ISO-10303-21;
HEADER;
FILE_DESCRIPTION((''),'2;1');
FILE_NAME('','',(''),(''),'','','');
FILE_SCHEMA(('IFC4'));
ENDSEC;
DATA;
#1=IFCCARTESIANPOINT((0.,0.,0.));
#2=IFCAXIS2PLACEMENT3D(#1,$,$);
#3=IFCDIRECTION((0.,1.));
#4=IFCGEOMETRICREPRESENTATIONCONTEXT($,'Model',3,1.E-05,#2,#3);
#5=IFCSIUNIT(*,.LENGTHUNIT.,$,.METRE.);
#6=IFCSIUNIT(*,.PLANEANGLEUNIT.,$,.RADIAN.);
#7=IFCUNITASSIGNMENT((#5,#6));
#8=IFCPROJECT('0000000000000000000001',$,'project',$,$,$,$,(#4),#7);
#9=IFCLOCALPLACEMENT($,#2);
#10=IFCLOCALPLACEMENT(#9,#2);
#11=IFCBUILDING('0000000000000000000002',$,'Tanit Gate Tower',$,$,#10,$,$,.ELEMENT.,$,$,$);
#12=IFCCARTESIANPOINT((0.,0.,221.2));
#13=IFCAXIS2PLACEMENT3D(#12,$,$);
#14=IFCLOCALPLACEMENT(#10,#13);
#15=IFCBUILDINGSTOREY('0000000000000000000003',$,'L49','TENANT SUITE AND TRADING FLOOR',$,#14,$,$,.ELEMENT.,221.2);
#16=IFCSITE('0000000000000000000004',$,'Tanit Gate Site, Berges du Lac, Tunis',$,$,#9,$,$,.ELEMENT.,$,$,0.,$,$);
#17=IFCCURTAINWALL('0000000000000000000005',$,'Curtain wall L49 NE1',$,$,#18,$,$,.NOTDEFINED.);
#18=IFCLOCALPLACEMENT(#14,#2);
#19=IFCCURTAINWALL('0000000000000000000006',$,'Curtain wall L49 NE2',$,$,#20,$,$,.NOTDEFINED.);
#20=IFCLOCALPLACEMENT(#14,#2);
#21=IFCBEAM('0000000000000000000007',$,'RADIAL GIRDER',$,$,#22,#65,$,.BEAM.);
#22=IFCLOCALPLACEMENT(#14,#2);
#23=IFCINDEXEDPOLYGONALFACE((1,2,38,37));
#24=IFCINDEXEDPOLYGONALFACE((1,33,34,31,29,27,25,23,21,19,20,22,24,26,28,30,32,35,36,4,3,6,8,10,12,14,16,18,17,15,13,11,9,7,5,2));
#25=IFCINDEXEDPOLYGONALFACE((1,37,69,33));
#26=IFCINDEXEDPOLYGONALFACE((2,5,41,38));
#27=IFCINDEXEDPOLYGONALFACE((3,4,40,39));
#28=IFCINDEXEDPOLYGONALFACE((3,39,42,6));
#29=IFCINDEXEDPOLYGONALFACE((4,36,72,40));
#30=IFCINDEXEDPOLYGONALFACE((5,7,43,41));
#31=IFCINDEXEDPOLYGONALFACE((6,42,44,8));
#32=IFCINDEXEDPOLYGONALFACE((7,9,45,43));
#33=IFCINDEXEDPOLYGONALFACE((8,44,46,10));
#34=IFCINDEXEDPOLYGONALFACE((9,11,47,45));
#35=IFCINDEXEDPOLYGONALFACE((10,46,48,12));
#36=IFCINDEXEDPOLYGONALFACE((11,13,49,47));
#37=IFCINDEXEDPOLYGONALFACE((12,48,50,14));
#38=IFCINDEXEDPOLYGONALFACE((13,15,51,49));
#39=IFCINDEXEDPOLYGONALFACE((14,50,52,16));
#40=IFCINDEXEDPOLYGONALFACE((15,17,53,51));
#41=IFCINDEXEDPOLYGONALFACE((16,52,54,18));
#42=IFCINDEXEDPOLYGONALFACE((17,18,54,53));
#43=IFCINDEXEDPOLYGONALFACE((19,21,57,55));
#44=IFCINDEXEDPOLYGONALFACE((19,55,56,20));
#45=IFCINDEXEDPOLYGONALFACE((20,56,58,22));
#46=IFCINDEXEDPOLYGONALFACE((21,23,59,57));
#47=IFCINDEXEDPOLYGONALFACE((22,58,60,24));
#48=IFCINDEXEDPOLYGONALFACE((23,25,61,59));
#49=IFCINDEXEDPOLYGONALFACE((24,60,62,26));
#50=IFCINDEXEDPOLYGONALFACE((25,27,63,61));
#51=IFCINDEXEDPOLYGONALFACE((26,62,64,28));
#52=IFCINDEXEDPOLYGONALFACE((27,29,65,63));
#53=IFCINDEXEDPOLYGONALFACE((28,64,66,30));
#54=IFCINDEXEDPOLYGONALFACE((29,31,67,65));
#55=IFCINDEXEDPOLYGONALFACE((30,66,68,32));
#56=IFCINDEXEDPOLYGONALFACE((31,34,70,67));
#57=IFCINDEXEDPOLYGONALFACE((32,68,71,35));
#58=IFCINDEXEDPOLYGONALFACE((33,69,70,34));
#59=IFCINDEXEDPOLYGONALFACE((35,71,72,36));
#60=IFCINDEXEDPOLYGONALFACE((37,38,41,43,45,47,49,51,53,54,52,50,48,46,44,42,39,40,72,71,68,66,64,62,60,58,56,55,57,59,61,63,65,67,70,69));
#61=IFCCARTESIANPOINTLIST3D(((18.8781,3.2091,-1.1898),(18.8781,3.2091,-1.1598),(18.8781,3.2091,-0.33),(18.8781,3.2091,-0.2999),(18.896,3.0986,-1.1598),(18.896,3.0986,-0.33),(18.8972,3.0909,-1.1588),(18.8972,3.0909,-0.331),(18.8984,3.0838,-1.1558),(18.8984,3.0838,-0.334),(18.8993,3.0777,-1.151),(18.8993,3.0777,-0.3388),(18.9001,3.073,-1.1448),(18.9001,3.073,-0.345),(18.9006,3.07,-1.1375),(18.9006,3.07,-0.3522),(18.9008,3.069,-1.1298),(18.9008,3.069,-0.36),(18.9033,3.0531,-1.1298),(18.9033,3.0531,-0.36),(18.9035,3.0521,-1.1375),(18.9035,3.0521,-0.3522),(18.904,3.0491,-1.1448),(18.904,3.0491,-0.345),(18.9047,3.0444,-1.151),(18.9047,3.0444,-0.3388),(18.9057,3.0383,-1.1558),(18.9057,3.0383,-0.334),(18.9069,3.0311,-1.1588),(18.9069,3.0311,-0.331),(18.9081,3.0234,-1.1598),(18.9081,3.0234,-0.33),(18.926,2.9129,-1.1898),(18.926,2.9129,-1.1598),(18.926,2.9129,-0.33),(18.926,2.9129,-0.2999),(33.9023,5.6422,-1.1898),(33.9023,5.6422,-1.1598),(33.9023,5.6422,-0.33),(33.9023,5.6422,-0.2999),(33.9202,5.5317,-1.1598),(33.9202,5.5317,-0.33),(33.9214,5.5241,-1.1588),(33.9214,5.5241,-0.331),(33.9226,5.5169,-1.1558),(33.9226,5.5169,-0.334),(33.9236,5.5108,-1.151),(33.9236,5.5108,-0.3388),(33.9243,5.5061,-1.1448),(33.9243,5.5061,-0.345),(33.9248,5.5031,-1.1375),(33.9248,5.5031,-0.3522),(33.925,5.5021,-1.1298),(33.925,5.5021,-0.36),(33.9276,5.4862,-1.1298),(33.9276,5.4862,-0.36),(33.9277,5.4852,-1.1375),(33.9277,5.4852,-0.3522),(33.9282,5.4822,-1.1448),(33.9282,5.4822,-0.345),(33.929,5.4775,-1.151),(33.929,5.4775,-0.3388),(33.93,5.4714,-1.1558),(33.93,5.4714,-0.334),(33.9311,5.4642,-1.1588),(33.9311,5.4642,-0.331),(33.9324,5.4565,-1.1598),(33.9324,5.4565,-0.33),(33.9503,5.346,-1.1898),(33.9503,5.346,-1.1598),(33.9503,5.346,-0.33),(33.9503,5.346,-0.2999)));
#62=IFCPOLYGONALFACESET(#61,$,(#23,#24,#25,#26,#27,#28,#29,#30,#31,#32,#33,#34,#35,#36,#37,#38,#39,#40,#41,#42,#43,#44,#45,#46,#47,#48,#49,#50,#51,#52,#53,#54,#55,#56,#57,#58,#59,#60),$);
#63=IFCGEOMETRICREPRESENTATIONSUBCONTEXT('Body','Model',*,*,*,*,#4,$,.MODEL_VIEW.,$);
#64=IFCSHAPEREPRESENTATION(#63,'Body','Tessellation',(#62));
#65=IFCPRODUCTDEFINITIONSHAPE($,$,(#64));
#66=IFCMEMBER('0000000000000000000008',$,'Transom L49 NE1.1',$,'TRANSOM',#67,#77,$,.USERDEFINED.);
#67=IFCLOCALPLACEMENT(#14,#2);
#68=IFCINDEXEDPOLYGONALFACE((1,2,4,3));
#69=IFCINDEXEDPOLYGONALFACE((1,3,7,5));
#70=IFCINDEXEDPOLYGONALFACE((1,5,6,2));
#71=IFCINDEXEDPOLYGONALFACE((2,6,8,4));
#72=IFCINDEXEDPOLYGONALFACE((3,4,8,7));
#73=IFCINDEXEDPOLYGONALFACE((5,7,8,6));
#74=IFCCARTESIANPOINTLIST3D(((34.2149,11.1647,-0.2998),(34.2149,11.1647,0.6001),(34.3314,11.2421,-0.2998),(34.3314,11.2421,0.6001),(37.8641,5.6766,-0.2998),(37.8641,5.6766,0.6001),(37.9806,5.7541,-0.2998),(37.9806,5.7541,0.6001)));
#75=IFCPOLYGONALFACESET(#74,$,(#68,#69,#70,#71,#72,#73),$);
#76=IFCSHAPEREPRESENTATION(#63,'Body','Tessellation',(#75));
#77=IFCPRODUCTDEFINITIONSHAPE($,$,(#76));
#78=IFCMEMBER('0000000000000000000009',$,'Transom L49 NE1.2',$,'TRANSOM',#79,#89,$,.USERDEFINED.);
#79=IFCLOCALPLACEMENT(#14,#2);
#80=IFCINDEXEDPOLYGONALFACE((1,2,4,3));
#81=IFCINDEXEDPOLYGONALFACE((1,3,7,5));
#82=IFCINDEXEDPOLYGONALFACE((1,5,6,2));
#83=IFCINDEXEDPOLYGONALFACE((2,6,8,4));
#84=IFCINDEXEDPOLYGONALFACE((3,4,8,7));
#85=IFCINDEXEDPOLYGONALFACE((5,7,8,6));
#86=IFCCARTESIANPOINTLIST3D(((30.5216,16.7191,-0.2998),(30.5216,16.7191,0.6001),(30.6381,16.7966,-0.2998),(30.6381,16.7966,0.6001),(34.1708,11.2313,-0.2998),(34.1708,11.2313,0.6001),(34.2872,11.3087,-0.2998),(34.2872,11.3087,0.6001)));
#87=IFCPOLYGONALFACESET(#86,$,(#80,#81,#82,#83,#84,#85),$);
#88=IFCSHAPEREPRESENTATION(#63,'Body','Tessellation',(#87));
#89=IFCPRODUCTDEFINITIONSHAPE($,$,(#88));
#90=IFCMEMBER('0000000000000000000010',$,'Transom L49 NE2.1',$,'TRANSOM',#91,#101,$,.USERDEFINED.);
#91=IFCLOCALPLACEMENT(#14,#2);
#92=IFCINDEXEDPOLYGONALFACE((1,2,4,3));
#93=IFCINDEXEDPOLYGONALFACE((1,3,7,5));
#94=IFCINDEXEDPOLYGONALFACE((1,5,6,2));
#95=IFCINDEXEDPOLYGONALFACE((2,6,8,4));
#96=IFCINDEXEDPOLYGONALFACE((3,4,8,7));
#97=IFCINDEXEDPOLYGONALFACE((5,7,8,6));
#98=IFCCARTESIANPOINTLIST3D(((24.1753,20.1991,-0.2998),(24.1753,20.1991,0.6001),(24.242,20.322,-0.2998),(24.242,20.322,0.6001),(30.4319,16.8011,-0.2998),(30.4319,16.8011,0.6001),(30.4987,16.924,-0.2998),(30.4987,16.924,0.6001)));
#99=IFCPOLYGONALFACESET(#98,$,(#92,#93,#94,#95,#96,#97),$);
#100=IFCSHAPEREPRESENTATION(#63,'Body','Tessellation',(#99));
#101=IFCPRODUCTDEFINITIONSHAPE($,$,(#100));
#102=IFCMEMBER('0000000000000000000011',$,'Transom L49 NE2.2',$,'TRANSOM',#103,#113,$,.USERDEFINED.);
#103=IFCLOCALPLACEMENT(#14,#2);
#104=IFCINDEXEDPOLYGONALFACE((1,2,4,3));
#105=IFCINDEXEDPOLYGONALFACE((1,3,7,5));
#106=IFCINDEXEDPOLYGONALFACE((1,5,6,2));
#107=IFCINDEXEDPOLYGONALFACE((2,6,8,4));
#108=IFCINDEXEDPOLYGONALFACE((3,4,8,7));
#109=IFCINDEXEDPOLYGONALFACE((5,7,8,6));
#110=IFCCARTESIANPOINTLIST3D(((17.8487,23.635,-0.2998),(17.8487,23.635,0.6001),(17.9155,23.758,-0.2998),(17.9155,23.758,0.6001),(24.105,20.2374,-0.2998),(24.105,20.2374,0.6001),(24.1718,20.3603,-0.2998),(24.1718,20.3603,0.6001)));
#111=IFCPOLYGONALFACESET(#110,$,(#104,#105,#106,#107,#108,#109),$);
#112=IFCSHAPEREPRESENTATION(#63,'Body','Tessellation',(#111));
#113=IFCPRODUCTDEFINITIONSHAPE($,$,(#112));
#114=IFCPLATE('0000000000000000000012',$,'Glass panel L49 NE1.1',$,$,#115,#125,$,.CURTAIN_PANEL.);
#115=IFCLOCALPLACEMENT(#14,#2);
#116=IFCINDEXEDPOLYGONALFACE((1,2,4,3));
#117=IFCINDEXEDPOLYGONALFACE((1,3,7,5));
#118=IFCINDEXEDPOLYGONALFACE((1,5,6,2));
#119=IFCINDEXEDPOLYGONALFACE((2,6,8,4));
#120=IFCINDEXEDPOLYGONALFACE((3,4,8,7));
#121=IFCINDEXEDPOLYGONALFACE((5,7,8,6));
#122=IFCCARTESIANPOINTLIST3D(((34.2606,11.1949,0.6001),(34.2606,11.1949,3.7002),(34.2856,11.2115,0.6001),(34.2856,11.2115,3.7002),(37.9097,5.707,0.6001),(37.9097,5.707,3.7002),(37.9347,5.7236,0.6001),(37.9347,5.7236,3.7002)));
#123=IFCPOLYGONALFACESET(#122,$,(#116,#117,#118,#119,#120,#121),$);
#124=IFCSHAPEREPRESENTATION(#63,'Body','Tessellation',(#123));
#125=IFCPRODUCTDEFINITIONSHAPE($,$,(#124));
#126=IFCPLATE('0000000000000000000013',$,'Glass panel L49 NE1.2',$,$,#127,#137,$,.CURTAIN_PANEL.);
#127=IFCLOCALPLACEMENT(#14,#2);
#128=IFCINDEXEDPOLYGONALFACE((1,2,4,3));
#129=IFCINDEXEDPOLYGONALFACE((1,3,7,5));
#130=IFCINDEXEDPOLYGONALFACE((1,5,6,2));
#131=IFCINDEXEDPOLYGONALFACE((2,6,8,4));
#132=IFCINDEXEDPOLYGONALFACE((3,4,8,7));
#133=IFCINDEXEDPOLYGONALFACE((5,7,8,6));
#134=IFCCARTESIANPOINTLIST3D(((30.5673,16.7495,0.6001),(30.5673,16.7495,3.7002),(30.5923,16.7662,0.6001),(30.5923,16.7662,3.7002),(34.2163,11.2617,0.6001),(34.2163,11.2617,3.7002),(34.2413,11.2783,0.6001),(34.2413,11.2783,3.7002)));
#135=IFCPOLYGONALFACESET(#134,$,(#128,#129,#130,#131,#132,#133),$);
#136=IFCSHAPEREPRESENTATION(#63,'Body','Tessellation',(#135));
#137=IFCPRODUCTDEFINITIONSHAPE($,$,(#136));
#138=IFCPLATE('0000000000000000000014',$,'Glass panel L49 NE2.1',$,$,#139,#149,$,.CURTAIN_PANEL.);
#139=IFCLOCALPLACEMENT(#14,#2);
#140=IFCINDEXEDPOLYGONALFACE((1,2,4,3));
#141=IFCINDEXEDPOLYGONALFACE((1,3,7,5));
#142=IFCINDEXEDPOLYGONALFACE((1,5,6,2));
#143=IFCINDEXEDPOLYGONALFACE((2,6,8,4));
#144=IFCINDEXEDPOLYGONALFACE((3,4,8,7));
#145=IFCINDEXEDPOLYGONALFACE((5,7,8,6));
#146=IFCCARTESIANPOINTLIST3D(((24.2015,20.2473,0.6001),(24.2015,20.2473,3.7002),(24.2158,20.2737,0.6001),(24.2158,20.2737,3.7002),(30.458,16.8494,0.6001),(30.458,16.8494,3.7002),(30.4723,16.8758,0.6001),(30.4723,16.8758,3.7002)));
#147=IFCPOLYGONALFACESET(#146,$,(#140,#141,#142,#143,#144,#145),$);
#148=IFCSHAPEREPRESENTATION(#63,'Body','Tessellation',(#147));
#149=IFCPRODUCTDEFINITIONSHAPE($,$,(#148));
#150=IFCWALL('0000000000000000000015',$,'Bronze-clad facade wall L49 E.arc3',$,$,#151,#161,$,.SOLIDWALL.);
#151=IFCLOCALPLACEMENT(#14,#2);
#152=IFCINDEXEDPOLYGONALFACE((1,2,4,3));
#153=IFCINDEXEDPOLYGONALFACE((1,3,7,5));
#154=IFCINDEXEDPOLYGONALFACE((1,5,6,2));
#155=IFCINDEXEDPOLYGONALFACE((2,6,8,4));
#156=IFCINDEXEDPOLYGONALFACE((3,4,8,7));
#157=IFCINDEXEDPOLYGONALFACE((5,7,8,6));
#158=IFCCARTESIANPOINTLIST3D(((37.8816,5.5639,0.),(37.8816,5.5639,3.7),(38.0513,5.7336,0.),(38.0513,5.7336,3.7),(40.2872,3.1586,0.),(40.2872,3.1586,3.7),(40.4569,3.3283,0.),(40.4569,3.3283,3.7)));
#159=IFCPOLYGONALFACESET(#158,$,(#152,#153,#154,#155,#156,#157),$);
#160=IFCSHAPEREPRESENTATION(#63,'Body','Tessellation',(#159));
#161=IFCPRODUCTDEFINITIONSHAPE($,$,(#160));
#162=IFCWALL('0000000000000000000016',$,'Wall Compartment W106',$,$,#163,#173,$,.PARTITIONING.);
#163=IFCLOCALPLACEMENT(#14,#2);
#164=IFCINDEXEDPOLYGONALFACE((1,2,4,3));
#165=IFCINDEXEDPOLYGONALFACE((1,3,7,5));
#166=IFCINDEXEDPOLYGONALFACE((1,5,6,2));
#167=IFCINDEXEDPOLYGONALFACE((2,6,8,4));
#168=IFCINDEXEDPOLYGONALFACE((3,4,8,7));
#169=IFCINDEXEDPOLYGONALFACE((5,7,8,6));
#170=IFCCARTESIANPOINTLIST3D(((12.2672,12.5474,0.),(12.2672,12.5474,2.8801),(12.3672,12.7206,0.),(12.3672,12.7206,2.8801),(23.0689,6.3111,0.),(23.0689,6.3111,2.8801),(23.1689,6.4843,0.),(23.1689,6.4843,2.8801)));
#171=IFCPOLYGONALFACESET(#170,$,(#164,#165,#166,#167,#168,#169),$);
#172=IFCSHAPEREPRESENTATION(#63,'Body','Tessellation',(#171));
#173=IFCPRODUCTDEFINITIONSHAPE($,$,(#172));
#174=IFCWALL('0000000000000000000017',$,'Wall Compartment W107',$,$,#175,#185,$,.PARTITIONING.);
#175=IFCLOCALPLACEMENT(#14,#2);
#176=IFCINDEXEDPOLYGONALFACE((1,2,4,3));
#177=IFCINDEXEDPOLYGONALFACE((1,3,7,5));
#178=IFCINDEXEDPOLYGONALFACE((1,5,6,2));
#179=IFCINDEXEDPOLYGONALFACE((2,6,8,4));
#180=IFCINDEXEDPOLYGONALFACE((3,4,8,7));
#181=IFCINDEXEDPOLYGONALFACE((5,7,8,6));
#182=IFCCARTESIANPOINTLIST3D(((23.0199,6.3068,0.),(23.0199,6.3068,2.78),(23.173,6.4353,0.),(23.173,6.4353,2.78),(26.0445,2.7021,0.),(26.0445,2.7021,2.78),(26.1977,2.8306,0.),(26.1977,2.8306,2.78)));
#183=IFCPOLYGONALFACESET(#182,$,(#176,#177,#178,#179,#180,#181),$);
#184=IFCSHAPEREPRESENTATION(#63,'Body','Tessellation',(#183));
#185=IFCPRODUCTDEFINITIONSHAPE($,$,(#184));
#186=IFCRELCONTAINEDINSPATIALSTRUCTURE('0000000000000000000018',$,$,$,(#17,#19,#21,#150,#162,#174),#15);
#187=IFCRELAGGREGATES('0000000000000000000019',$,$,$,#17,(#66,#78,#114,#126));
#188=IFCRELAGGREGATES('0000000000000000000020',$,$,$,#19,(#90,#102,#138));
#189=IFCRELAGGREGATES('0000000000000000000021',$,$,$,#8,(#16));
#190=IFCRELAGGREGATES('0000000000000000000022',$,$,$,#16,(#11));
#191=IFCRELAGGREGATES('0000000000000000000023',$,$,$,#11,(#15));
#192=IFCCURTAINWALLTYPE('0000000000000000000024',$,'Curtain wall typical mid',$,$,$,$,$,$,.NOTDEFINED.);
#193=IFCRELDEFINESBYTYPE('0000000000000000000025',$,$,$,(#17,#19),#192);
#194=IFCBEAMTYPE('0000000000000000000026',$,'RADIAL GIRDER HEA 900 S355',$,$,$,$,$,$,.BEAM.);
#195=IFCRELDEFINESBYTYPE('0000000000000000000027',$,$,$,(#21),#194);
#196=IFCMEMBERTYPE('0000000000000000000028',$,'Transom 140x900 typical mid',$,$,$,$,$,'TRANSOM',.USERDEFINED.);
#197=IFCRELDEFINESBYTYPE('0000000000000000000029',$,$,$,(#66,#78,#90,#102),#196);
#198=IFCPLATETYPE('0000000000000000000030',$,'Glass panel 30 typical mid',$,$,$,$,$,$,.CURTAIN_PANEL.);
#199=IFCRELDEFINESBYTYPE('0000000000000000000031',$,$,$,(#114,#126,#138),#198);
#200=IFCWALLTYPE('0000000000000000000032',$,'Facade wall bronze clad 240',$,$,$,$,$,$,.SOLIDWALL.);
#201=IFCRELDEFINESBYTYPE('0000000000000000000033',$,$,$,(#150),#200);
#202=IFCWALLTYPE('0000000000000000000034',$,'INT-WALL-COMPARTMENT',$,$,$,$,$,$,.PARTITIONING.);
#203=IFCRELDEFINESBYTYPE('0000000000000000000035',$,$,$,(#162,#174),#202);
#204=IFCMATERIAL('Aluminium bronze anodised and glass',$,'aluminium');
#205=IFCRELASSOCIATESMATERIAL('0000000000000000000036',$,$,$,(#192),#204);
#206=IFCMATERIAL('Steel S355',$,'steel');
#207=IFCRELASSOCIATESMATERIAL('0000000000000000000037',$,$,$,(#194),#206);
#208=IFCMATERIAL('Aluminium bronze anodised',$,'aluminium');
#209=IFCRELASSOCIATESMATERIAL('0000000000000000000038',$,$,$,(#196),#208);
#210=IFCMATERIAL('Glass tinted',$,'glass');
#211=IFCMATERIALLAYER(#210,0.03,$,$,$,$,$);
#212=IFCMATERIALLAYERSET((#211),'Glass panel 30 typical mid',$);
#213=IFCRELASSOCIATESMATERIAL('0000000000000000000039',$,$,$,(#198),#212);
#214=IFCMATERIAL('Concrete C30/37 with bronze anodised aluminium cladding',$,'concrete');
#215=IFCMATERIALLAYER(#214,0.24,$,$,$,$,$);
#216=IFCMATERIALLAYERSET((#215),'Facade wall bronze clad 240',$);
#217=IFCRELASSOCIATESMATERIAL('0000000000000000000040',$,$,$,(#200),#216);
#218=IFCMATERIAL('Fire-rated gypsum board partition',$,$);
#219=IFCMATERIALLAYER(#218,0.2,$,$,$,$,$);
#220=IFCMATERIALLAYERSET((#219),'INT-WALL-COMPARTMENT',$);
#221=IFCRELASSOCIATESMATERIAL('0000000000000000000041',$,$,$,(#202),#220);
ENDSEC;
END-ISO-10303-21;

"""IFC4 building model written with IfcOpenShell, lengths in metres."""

from ifc_helpers import new_model, si_unit, direction, frame, frame_2d, origin, origin_2d, place, context, subcontext, project, spatial, rectangle, i_section, extrude, material, layer, layer_set, material_profile, profile_set, type_object, element, aggregate, save


model = new_model("IFC4")

# Units and contexts
model_context = context("Model", 3, precision=1e-05, world=origin(), true_north=direction((0.0, 1.0)))
body_context = subcontext(model_context, "Body", "Model", "MODEL_VIEW")
ifc_project = project(units=[si_unit("LENGTHUNIT", "METRE"), si_unit("PLANEANGLEUNIT", "RADIAN")], contexts=[model_context])

# Site, building, storey
site_placement = place(None, origin())
site = spatial("IfcSite", under=ifc_project, at=site_placement, Name="Tanit Gate Site, Berges du Lac, Tunis", CompositionType="ELEMENT", RefElevation=0.0)
building_placement = place(site_placement, origin())
building = spatial("IfcBuilding", under=site, at=building_placement, Name="Tanit Gate Tower", CompositionType="ELEMENT")
storey_placement = place(building_placement, frame((0.0, 0.0, 221.2)))
storey = spatial("IfcBuildingStorey", under=building, at=storey_placement, Name="L49", Description="TENANT SUITE AND TRADING FLOOR", CompositionType="ELEMENT", Elevation=221.2)

# Curtain wall
ifc_material_1 = material(Name="Aluminium bronze anodised and glass", Category="aluminium")
curtain_wall_type = type_object("IfcCurtainWallType", Name="Curtain wall typical mid", PredefinedType="NOTDEFINED", material=ifc_material_1)
curtain_wall_1_placement = place(storey_placement, origin())
curtain_wall_1 = element("IfcCurtainWall", 1, at=curtain_wall_1_placement, inside=storey, type_object=curtain_wall_type, Name="Curtain wall L49 NE1", PredefinedType="NOTDEFINED")

# Curtain wall
curtain_wall_2_placement = place(storey_placement, origin())
curtain_wall_2 = element("IfcCurtainWall", 2, at=curtain_wall_2_placement, inside=storey, type_object=curtain_wall_type, Name="Curtain wall L49 NE2", PredefinedType="NOTDEFINED")

# Beam
ifc_material_2 = material(Name="Steel S355", Category="steel")
ifc_material_profile_1 = material_profile(ifc_material_2, i_section(OverallWidth=0.3, OverallDepth=0.8899, WebThickness=0.0161, FlangeThickness=0.03, FilletRadius=0.03, at=origin_2d()), Name="HEA 900")
ifc_profile_set_1 = profile_set([ifc_material_profile_1], Name="Steel S355")
beam_type_1 = type_object("IfcBeamType", Name="RADIAL GIRDER HEA 900 S355", PredefinedType="BEAM", material=ifc_profile_set_1)
beam_1_placement = place(storey_placement, frame((33.9263, 5.4941, -0.7449), z_axis=(-0.987139, -0.159863, 0.0), x_axis=(0.159863, -0.987139, 0.0)))
element("IfcBeam", 3, at=beam_1_placement, inside=storey, type_object=beam_type_1, Name="RADIAL GIRDER", PredefinedType="BEAM", context=body_context, shape_type="SweptSolid", body=[
    extrude(i_section(OverallWidth=0.3, OverallDepth=0.8899, WebThickness=0.0161, FlangeThickness=0.03, FilletRadius=0.03, at=origin_2d()), origin(), (0.0, 0.0, 1.0), 15.22),
])

# Members
ifc_material_3 = material(Name="Aluminium bronze anodised", Category="aluminium")
ifc_material_profile_2 = material_profile(ifc_material_3, rectangle(XDim=0.1399, YDim=0.8999, at=origin_2d()), Name="140x900 bronze transom")
ifc_profile_set_2 = profile_set([ifc_material_profile_2], Name="Aluminium bronze anodised")
member_type_1 = type_object("IfcMemberType", Name="Transom 140x900 typical mid", ElementType="TRANSOM", PredefinedType="USERDEFINED", material=ifc_profile_set_2)
member_1_placement = place(storey_placement, frame((37.9224, 5.7153, 0.1501), z_axis=(-0.5537, 0.832716, 0.0), x_axis=(-0.832716, -0.5537, 0.0)))
member_1 = element("IfcMember", 4, at=member_1_placement, type_object=member_type_1, Name="Transom L49 NE1.1", ObjectType="TRANSOM", PredefinedType="USERDEFINED", context=body_context, shape_type="SweptSolid", body=[
    extrude(rectangle(XDim=0.1399, YDim=0.8999, at=origin_2d()), origin(), (0.0, 0.0, 1.0), 6.5906),
])
member_2_placement = place(storey_placement, frame((34.229, 11.27, 0.1501), z_axis=(-0.553717, 0.832705, 0.0), x_axis=(-0.832705, -0.553717, 0.0)))
member_2 = element("IfcMember", 5, at=member_2_placement, type_object=member_type_1, Name="Transom L49 NE1.2", ObjectType="TRANSOM", PredefinedType="USERDEFINED", context=body_context, shape_type="SweptSolid", body=[
    extrude(rectangle(XDim=0.1399, YDim=0.8999, at=origin_2d()), origin(), (0.0, 0.0, 1.0), 6.5903),
])
member_3_placement = place(storey_placement, frame((30.4653, 16.8625, 0.1501), z_axis=(-0.878764, 0.477256, 0.0), x_axis=(-0.477256, -0.878764, 0.0)))
member_3 = element("IfcMember", 6, at=member_3_placement, type_object=member_type_1, Name="Transom L49 NE2.1", ObjectType="TRANSOM", PredefinedType="USERDEFINED", context=body_context, shape_type="SweptSolid", body=[
    extrude(rectangle(XDim=0.1399, YDim=0.8999, at=origin_2d()), origin(), (0.0, 0.0, 1.0), 7.1199),
])
member_4_placement = place(storey_placement, frame((24.1384, 20.2988, 0.1501), z_axis=(-0.878771, 0.477244, 0.0), x_axis=(-0.477244, -0.878771, 0.0)))
member_4 = element("IfcMember", 7, at=member_4_placement, type_object=member_type_1, Name="Transom L49 NE2.2", ObjectType="TRANSOM", PredefinedType="USERDEFINED", context=body_context, shape_type="SweptSolid", body=[
    extrude(rectangle(XDim=0.1399, YDim=0.8999, at=origin_2d()), origin(), (0.0, 0.0, 1.0), 7.1194),
])

# Plates
ifc_material_4 = material(Name="Glass tinted", Category="glass")
ifc_layer_1 = layer(ifc_material_4, 0.03)
ifc_layer_set_1 = layer_set([ifc_layer_1], Name="Glass panel 30 typical mid")
plate_type = type_object("IfcPlateType", Name="Glass panel 30 typical mid", PredefinedType="CURTAIN_PANEL", material=ifc_layer_set_1)
plate_1_placement = place(storey_placement, frame((36.0977, 8.4592, 0.6001), z_axis=(0.0, 0.0, 1.0), x_axis=(-0.553699, 0.832717, 0.0)))
plate_1 = element("IfcPlate", 8, at=plate_1_placement, type_object=plate_type, Name="Glass panel L49 NE1.1", PredefinedType="CURTAIN_PANEL", context=body_context, shape_type="SweptSolid", body=[
    extrude(rectangle(XDim=6.5903, YDim=0.03, at=origin_2d()), origin(), (0.0, 0.0, 1.0), 3.1001),
])
plate_2_placement = place(storey_placement, frame((32.4043, 14.0139, 0.6001), z_axis=(0.0, 0.0, 1.0), x_axis=(-0.553699, 0.832717, 0.0)))
plate_2 = element("IfcPlate", 9, at=plate_2_placement, type_object=plate_type, Name="Glass panel L49 NE1.2", PredefinedType="CURTAIN_PANEL", context=body_context, shape_type="SweptSolid", body=[
    extrude(rectangle(XDim=6.5903, YDim=0.03, at=origin_2d()), origin(), (0.0, 0.0, 1.0), 3.1001),
])
aggregate(curtain_wall_1, [member_1, member_2, plate_1, plate_2])
plate_3_placement = place(storey_placement, frame((27.3369, 18.5615, 0.6001), z_axis=(0.0, 0.0, 1.0), x_axis=(-0.878762, 0.477259, 0.0)))
plate_3 = element("IfcPlate", 10, at=plate_3_placement, type_object=plate_type, Name="Glass panel L49 NE2.1", PredefinedType="CURTAIN_PANEL", context=body_context, shape_type="SweptSolid", body=[
    extrude(rectangle(XDim=7.1196, YDim=0.03, at=origin_2d()), origin(), (0.0, 0.0, 1.0), 3.1001),
])
aggregate(curtain_wall_2, [member_3, member_4, plate_3])

# Walls
ifc_material_5 = material(Name="Concrete C30/37 with bronze anodised aluminium cladding", Category="concrete")
ifc_layer_2 = layer(ifc_material_5, 0.24)
ifc_layer_set_2 = layer_set([ifc_layer_2], Name="Facade wall bronze clad 240")
wall_type_1 = type_object("IfcWallType", Name="Facade wall bronze clad 240", PredefinedType="SOLIDWALL", material=ifc_layer_set_2)
wall_1_placement = place(storey_placement, frame((40.3721, 3.2434, 0.0), z_axis=(0.0, 0.0, 1.0), x_axis=(-0.707143, 0.707071, 0.0)))
element("IfcWall", 11, at=wall_1_placement, inside=storey, type_object=wall_type_1, Name="Bronze-clad facade wall L49 E.arc3", PredefinedType="SOLIDWALL", context=body_context, shape_type="SweptSolid", body=[
    extrude(rectangle(XDim=3.4019, YDim=0.24, at=frame_2d((1.7009, 0.0))), origin(), (0.0, 0.0, 1.0), 3.7),
])
ifc_material_6 = material(Name="Fire-rated gypsum board partition")
ifc_layer_3 = layer(ifc_material_6, 0.2)
ifc_layer_set_3 = layer_set([ifc_layer_3], Name="INT-WALL-COMPARTMENT")
wall_type_2 = type_object("IfcWallType", Name="INT-WALL-COMPARTMENT", PredefinedType="PARTITIONING", material=ifc_layer_set_3)
wall_2_placement = place(storey_placement, frame((23.1189, 6.3977, 0.0), z_axis=(0.0, 0.0, 1.0), x_axis=(-0.866028, 0.499996, 0.0)))
element("IfcWall", 12, at=wall_2_placement, inside=storey, type_object=wall_type_2, Name="Wall Compartment W106", PredefinedType="PARTITIONING", context=body_context, shape_type="SweptSolid", body=[
    extrude(rectangle(XDim=12.4727, YDim=0.2, at=frame_2d((6.2363, 0.0))), origin(), (0.0, 0.0, 1.0), 2.8801),
])
wall_3_placement = place(storey_placement, frame((26.1211, 2.7664, 0.0), z_axis=(0.0, 0.0, 1.0), x_axis=(-0.642778, 0.766052, 0.0)))
element("IfcWall", 13, at=wall_3_placement, inside=storey, type_object=wall_type_2, Name="Wall Compartment W107", PredefinedType="PARTITIONING", context=body_context, shape_type="SweptSolid", body=[
    extrude(rectangle(XDim=4.7056, YDim=0.2, at=frame_2d((2.3528, 0.0))), origin(), (0.0, 0.0, 1.0), 2.78),
])

save(model, "model.ifc")
